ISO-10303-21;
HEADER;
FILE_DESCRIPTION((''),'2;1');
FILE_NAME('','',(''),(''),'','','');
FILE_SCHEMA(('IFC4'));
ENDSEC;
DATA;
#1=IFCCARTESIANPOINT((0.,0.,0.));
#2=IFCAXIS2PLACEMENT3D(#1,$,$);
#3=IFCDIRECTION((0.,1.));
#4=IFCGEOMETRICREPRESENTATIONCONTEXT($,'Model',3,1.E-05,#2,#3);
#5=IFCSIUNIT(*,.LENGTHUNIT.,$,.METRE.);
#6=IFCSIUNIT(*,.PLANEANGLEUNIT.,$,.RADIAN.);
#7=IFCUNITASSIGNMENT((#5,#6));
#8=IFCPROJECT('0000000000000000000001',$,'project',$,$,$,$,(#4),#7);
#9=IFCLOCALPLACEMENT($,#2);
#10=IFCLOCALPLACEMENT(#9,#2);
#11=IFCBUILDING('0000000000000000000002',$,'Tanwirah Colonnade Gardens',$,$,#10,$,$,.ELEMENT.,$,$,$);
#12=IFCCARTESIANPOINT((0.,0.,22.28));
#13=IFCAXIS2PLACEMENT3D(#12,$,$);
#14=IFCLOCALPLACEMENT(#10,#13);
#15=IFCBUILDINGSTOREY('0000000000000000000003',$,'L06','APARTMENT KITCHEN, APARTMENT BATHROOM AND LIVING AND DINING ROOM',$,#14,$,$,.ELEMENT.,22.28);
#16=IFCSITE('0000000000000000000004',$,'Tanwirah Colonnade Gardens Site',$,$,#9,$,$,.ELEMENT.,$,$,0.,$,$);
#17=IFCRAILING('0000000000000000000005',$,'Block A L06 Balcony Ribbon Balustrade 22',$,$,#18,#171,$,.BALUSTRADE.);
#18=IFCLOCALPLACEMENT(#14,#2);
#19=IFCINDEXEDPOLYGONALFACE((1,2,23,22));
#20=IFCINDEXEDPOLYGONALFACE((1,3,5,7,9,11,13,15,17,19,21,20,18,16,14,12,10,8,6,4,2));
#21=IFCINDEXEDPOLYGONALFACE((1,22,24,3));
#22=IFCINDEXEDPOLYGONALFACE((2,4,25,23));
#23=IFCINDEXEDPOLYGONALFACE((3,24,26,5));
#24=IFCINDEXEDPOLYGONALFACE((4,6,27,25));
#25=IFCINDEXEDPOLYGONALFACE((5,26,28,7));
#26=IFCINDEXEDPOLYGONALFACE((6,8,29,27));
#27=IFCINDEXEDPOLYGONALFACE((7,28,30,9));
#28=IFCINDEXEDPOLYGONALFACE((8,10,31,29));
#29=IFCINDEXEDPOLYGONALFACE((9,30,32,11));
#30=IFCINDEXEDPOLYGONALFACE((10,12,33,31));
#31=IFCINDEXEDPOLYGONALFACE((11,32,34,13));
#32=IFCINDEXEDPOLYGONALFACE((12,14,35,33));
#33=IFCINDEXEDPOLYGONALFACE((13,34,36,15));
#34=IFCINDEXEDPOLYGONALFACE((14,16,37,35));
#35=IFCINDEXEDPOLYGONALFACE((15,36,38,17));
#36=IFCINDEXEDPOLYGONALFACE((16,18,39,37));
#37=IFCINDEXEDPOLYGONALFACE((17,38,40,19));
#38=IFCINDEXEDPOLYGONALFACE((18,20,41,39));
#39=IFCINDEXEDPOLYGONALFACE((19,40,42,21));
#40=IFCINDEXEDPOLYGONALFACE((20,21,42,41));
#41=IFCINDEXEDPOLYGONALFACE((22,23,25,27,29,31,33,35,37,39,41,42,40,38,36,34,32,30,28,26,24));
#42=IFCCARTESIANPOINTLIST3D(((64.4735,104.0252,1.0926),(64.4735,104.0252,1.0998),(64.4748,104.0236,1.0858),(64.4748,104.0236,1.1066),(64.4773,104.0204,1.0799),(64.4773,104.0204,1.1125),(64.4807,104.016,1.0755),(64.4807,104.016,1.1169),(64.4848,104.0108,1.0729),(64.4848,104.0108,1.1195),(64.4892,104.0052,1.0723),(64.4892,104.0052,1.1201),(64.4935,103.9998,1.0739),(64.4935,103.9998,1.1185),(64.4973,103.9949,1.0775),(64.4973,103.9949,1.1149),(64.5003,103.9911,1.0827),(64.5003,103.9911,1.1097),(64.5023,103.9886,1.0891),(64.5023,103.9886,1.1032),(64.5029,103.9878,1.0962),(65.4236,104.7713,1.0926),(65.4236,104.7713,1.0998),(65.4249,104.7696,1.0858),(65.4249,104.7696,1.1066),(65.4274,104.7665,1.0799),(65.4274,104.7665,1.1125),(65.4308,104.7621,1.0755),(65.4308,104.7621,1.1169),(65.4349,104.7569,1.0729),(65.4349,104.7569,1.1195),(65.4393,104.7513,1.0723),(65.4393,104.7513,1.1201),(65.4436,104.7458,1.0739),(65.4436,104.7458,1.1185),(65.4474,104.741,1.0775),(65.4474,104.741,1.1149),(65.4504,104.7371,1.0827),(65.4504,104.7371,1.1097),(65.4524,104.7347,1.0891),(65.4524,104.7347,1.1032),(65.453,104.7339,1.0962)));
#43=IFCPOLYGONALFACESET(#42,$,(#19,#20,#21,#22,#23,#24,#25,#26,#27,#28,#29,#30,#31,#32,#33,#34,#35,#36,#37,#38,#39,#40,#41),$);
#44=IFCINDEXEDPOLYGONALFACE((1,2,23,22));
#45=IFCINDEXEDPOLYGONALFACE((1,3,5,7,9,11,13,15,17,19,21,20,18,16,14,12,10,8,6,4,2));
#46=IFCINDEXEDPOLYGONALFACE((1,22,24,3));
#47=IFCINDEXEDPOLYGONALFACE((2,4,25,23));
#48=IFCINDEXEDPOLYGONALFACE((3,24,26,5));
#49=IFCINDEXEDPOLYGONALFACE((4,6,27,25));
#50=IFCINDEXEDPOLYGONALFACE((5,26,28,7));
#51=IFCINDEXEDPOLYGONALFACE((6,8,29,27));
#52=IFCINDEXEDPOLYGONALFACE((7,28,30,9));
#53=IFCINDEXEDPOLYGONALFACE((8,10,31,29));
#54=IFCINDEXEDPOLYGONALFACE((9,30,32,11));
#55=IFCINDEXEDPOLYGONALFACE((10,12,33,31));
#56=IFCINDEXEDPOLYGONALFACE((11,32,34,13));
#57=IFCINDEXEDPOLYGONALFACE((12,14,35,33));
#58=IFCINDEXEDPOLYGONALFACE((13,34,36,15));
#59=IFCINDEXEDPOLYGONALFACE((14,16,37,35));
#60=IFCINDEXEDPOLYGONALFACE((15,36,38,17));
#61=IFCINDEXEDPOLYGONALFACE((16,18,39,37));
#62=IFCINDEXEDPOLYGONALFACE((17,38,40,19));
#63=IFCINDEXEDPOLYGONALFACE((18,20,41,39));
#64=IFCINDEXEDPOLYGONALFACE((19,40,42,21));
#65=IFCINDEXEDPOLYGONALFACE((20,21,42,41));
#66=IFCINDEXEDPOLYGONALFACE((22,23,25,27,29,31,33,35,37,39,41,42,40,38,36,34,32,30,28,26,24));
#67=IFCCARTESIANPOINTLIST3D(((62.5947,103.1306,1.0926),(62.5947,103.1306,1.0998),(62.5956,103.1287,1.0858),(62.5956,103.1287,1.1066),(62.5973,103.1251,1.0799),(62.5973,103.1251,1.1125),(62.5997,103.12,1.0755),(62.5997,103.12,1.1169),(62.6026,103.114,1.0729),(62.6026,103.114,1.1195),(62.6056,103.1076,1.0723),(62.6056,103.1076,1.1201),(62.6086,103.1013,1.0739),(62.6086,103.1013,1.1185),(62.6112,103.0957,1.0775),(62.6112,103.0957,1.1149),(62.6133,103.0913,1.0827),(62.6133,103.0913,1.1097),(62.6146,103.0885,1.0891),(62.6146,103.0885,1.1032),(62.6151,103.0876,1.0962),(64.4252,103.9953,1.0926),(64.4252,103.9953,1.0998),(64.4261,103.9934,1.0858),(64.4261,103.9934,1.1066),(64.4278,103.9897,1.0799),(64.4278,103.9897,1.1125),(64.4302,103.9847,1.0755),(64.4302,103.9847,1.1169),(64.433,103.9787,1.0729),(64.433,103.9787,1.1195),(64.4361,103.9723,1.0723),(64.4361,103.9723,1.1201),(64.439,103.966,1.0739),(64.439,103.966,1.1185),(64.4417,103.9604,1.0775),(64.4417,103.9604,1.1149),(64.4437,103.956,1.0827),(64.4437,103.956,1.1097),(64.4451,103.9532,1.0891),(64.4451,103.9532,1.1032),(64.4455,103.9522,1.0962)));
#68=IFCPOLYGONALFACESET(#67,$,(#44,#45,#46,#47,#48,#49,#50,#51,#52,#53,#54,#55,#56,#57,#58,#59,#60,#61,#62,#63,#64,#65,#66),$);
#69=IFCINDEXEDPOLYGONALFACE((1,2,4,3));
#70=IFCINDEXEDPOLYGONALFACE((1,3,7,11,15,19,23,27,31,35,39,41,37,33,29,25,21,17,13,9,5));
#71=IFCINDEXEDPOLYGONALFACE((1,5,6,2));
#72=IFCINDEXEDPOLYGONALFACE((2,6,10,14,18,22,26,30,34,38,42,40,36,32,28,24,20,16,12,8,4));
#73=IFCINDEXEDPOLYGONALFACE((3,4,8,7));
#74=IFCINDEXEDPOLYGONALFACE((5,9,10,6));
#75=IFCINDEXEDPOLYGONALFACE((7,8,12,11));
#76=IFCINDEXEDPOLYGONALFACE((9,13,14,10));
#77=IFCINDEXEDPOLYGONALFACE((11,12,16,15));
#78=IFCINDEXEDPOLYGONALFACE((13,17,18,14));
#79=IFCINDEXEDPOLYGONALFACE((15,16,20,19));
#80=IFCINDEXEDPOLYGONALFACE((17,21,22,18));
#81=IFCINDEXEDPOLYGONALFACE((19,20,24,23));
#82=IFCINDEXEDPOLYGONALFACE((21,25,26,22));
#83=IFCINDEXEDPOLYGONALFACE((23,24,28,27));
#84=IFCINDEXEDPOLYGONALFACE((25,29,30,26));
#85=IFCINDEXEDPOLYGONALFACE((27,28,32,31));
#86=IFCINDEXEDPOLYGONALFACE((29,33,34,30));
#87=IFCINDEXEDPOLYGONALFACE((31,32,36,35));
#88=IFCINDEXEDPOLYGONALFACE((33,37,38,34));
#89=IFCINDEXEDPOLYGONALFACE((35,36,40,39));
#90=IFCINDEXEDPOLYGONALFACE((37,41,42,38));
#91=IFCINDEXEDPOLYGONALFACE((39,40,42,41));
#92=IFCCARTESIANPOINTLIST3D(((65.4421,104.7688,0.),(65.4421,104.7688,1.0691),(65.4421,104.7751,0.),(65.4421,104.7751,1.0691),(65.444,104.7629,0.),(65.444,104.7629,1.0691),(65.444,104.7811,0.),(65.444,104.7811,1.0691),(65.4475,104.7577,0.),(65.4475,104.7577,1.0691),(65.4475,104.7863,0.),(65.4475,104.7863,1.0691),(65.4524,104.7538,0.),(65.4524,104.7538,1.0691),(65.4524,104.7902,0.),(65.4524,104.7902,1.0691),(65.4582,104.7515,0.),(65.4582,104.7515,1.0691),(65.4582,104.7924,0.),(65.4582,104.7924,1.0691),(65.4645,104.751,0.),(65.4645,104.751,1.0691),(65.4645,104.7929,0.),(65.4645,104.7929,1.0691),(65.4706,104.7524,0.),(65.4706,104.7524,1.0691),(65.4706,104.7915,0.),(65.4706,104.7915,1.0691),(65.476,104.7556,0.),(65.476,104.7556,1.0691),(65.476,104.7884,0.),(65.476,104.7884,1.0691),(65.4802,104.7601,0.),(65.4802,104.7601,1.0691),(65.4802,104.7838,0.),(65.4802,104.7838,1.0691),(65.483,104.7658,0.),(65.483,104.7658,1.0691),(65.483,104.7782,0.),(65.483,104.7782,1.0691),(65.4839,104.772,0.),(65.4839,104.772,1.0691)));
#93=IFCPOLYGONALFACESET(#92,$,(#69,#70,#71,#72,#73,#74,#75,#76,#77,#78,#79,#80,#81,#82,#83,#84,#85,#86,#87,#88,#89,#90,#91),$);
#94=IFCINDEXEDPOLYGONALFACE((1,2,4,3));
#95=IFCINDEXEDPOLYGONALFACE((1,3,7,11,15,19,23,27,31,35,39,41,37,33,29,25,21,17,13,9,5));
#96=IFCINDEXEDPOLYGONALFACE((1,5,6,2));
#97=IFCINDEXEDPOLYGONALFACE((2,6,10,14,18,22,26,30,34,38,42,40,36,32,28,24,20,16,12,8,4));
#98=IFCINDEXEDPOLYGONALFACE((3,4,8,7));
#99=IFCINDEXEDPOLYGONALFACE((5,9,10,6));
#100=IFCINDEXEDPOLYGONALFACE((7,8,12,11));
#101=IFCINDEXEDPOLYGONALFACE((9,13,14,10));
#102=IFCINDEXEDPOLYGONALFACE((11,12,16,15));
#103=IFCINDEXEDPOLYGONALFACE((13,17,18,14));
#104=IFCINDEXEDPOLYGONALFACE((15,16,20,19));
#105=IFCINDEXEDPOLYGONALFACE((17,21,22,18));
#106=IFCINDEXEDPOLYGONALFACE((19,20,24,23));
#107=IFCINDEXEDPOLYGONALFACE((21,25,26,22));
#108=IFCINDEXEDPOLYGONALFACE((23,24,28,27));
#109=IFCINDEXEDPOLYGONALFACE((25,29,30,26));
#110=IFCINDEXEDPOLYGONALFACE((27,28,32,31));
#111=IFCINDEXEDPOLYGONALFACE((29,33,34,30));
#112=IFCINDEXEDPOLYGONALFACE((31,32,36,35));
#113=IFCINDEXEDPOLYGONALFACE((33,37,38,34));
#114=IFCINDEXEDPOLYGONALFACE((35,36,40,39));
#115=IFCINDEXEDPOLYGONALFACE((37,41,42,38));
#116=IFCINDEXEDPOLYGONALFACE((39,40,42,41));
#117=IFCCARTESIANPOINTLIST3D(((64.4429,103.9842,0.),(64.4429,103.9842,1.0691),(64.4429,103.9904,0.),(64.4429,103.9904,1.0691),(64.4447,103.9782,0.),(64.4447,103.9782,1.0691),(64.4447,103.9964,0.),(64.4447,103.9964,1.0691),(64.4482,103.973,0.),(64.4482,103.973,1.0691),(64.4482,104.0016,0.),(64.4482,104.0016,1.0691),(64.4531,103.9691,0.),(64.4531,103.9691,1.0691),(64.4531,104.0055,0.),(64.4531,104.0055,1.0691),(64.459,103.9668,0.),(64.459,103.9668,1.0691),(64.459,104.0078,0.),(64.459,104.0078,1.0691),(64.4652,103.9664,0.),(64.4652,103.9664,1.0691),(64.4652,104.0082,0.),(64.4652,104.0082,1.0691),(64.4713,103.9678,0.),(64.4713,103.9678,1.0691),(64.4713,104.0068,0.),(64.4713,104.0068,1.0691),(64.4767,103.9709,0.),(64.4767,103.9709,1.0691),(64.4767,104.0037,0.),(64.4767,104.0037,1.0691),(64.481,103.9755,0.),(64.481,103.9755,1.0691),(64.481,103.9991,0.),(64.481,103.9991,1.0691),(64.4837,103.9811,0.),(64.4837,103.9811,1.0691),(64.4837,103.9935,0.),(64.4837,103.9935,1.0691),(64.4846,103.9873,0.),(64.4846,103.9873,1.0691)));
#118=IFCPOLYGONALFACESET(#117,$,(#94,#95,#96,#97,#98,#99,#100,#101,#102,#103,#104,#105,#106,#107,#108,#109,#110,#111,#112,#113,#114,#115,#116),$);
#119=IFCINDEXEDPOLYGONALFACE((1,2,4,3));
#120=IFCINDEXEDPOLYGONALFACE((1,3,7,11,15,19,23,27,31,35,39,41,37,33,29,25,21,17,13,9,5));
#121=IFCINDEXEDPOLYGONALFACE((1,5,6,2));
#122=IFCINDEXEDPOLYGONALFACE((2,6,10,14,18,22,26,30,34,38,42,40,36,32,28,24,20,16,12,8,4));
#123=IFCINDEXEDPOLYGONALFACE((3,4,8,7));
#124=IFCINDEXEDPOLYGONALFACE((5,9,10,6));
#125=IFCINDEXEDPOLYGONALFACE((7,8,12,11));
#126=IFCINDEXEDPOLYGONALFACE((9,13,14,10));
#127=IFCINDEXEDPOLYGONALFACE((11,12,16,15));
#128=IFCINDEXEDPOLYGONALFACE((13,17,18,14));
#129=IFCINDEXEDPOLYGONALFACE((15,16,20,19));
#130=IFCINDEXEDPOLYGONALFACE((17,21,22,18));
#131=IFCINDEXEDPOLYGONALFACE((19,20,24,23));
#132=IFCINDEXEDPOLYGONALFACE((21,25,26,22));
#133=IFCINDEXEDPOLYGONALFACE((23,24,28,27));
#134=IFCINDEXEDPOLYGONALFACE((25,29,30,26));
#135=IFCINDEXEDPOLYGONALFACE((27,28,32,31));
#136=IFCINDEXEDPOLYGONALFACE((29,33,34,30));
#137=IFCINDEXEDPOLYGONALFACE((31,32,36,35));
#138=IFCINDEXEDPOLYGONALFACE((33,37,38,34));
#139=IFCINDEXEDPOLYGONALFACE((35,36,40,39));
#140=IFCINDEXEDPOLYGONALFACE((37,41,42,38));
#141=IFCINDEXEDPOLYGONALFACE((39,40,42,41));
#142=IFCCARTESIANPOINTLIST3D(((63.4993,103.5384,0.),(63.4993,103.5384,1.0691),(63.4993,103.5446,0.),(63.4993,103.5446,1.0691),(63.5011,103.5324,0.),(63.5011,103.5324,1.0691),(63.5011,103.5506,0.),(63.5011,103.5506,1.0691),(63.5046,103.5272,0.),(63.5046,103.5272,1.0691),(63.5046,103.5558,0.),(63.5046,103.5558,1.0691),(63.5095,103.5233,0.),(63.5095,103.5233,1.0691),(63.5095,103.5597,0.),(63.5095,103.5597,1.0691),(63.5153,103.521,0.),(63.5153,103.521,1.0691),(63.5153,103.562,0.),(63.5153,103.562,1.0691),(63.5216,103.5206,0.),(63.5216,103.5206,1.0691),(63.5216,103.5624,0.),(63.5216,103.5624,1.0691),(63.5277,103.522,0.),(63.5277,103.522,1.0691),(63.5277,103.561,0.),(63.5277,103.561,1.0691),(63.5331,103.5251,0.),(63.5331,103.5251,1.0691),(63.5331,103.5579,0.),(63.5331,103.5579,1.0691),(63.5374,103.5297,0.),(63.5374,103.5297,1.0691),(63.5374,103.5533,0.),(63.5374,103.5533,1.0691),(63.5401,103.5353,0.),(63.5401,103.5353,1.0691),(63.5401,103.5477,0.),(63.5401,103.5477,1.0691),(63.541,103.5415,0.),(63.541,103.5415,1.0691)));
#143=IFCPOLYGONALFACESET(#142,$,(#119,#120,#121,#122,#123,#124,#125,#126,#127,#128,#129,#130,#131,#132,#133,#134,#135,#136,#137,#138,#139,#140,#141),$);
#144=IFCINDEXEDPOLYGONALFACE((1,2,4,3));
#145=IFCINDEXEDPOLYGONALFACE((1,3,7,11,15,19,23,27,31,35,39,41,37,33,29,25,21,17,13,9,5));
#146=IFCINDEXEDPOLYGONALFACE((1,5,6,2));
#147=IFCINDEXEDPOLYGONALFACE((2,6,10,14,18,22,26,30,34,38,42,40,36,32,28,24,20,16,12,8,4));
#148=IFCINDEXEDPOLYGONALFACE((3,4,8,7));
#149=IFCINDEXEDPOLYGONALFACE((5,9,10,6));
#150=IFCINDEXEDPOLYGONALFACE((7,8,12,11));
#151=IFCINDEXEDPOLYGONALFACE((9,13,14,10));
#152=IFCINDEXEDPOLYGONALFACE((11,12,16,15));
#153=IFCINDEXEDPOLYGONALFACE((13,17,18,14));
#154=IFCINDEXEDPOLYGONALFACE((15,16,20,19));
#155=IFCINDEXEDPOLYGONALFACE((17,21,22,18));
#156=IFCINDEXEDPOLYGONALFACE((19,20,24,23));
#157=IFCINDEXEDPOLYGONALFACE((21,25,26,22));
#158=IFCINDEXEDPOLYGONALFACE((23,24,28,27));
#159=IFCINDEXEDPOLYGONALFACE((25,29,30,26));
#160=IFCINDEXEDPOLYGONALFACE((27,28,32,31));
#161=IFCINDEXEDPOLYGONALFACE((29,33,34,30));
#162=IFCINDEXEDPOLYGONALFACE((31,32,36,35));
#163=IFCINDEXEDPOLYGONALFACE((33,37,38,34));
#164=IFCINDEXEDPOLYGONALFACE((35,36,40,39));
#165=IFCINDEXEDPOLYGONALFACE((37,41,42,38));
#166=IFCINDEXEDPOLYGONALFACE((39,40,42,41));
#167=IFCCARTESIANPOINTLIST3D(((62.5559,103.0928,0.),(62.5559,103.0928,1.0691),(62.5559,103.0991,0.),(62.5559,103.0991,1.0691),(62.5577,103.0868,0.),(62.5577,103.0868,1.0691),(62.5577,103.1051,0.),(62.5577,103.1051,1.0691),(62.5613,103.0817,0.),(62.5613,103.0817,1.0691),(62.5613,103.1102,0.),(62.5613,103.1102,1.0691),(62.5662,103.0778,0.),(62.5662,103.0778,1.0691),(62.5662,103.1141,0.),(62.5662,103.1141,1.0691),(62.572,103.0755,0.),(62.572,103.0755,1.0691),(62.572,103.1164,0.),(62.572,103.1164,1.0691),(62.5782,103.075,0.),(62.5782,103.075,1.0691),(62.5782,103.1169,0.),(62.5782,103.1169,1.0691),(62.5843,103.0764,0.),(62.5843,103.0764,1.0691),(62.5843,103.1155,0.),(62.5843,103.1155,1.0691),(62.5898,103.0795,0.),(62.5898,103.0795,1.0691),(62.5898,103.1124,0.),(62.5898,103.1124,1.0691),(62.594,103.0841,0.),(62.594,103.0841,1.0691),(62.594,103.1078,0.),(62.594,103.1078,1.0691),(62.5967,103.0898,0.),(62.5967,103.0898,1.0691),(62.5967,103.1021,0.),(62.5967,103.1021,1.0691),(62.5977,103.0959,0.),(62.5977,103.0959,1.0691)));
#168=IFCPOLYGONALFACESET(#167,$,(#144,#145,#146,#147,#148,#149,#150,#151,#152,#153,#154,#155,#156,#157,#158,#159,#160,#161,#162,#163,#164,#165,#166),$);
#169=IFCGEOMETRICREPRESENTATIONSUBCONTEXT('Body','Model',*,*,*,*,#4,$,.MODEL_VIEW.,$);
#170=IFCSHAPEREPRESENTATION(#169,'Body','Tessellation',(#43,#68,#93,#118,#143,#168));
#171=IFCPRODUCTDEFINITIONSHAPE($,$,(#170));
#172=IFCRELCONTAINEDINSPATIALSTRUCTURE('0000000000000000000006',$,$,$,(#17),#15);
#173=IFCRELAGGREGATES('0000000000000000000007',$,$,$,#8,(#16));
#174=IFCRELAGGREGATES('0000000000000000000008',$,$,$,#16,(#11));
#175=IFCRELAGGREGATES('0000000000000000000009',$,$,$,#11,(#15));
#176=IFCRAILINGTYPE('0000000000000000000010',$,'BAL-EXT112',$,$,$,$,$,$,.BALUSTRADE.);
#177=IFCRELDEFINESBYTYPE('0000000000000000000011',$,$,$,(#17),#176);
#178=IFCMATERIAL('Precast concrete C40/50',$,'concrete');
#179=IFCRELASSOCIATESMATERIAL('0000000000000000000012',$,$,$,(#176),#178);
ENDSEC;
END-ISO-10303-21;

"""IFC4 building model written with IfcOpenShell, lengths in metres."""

from ifc_helpers import new_model, si_unit, direction, frame, origin, origin_2d, place, context, subcontext, project, spatial, circle, extrude, material, type_object, element, save


model = new_model("IFC4")

# Units and contexts
model_context = context("Model", 3, precision=1e-05, world=origin(), true_north=direction((0.0, 1.0)))
body_context = subcontext(model_context, "Body", "Model", "MODEL_VIEW")
ifc_project = project(units=[si_unit("LENGTHUNIT", "METRE"), si_unit("PLANEANGLEUNIT", "RADIAN")], contexts=[model_context])

# Site, building, storey
site_placement = place(None, origin())
site = spatial("IfcSite", under=ifc_project, at=site_placement, Name="Tanwirah Colonnade Gardens Site", CompositionType="ELEMENT", RefElevation=0.0)
building_placement = place(site_placement, origin())
building = spatial("IfcBuilding", under=site, at=building_placement, Name="Tanwirah Colonnade Gardens", CompositionType="ELEMENT")
storey_placement = place(building_placement, frame((0.0, 0.0, 22.28)))
storey = spatial("IfcBuildingStorey", under=building, at=storey_placement, Name="L06", Description="APARTMENT KITCHEN, APARTMENT BATHROOM AND LIVING AND DINING ROOM", CompositionType="ELEMENT", Elevation=22.28)

# Shared definitions
ifc_material_1 = material(Name="Precast concrete C40/50", Category="concrete")

# Railing
railing_type = type_object("IfcRailingType", Name="BAL-EXT112", PredefinedType="BALUSTRADE", material=ifc_material_1)
railing_1_placement = place(storey_placement, frame((65.4629, 104.772, 0.0)))
element("IfcRailing", 1, at=railing_1_placement, inside=storey, type_object=railing_type, Name="Block A L06 Balcony Ribbon Balustrade 22", PredefinedType="BALUSTRADE", context=body_context, shape_type="SweptSolid", body=[
    extrude(circle(Radius=0.0239, at=origin_2d()), frame((-0.0247, -0.0193, 1.0962), z_axis=(-0.786498, -0.617592, 0.0), x_axis=(0.617592, -0.786498, 0.0)), (0.0, 0.0, 1.0), 1.208),
    extrude(circle(Radius=0.0239, at=origin_2d()), frame((-1.0276, -0.7981, 1.0962), z_axis=(-0.904195, -0.427121, 0.0), x_axis=(0.427121, -0.904195, 0.0)), (0.0, 0.0, 1.0), 2.0244),
    extrude(circle(Radius=0.021, at=origin_2d()), origin(), (0.0, 0.0, 1.0), 1.0691),
    extrude(circle(Radius=0.021, at=origin_2d()), frame((-0.9993, -0.7847, 0.0)), (0.0, 0.0, 1.0), 1.0691),
    extrude(circle(Radius=0.021, at=origin_2d()), frame((-1.9429, -1.2305, 0.0)), (0.0, 0.0, 1.0), 1.0691),
    extrude(circle(Radius=0.021, at=origin_2d()), frame((-2.8862, -1.676, 0.0)), (0.0, 0.0, 1.0), 1.0691),
])

save(model, "model.ifc")
